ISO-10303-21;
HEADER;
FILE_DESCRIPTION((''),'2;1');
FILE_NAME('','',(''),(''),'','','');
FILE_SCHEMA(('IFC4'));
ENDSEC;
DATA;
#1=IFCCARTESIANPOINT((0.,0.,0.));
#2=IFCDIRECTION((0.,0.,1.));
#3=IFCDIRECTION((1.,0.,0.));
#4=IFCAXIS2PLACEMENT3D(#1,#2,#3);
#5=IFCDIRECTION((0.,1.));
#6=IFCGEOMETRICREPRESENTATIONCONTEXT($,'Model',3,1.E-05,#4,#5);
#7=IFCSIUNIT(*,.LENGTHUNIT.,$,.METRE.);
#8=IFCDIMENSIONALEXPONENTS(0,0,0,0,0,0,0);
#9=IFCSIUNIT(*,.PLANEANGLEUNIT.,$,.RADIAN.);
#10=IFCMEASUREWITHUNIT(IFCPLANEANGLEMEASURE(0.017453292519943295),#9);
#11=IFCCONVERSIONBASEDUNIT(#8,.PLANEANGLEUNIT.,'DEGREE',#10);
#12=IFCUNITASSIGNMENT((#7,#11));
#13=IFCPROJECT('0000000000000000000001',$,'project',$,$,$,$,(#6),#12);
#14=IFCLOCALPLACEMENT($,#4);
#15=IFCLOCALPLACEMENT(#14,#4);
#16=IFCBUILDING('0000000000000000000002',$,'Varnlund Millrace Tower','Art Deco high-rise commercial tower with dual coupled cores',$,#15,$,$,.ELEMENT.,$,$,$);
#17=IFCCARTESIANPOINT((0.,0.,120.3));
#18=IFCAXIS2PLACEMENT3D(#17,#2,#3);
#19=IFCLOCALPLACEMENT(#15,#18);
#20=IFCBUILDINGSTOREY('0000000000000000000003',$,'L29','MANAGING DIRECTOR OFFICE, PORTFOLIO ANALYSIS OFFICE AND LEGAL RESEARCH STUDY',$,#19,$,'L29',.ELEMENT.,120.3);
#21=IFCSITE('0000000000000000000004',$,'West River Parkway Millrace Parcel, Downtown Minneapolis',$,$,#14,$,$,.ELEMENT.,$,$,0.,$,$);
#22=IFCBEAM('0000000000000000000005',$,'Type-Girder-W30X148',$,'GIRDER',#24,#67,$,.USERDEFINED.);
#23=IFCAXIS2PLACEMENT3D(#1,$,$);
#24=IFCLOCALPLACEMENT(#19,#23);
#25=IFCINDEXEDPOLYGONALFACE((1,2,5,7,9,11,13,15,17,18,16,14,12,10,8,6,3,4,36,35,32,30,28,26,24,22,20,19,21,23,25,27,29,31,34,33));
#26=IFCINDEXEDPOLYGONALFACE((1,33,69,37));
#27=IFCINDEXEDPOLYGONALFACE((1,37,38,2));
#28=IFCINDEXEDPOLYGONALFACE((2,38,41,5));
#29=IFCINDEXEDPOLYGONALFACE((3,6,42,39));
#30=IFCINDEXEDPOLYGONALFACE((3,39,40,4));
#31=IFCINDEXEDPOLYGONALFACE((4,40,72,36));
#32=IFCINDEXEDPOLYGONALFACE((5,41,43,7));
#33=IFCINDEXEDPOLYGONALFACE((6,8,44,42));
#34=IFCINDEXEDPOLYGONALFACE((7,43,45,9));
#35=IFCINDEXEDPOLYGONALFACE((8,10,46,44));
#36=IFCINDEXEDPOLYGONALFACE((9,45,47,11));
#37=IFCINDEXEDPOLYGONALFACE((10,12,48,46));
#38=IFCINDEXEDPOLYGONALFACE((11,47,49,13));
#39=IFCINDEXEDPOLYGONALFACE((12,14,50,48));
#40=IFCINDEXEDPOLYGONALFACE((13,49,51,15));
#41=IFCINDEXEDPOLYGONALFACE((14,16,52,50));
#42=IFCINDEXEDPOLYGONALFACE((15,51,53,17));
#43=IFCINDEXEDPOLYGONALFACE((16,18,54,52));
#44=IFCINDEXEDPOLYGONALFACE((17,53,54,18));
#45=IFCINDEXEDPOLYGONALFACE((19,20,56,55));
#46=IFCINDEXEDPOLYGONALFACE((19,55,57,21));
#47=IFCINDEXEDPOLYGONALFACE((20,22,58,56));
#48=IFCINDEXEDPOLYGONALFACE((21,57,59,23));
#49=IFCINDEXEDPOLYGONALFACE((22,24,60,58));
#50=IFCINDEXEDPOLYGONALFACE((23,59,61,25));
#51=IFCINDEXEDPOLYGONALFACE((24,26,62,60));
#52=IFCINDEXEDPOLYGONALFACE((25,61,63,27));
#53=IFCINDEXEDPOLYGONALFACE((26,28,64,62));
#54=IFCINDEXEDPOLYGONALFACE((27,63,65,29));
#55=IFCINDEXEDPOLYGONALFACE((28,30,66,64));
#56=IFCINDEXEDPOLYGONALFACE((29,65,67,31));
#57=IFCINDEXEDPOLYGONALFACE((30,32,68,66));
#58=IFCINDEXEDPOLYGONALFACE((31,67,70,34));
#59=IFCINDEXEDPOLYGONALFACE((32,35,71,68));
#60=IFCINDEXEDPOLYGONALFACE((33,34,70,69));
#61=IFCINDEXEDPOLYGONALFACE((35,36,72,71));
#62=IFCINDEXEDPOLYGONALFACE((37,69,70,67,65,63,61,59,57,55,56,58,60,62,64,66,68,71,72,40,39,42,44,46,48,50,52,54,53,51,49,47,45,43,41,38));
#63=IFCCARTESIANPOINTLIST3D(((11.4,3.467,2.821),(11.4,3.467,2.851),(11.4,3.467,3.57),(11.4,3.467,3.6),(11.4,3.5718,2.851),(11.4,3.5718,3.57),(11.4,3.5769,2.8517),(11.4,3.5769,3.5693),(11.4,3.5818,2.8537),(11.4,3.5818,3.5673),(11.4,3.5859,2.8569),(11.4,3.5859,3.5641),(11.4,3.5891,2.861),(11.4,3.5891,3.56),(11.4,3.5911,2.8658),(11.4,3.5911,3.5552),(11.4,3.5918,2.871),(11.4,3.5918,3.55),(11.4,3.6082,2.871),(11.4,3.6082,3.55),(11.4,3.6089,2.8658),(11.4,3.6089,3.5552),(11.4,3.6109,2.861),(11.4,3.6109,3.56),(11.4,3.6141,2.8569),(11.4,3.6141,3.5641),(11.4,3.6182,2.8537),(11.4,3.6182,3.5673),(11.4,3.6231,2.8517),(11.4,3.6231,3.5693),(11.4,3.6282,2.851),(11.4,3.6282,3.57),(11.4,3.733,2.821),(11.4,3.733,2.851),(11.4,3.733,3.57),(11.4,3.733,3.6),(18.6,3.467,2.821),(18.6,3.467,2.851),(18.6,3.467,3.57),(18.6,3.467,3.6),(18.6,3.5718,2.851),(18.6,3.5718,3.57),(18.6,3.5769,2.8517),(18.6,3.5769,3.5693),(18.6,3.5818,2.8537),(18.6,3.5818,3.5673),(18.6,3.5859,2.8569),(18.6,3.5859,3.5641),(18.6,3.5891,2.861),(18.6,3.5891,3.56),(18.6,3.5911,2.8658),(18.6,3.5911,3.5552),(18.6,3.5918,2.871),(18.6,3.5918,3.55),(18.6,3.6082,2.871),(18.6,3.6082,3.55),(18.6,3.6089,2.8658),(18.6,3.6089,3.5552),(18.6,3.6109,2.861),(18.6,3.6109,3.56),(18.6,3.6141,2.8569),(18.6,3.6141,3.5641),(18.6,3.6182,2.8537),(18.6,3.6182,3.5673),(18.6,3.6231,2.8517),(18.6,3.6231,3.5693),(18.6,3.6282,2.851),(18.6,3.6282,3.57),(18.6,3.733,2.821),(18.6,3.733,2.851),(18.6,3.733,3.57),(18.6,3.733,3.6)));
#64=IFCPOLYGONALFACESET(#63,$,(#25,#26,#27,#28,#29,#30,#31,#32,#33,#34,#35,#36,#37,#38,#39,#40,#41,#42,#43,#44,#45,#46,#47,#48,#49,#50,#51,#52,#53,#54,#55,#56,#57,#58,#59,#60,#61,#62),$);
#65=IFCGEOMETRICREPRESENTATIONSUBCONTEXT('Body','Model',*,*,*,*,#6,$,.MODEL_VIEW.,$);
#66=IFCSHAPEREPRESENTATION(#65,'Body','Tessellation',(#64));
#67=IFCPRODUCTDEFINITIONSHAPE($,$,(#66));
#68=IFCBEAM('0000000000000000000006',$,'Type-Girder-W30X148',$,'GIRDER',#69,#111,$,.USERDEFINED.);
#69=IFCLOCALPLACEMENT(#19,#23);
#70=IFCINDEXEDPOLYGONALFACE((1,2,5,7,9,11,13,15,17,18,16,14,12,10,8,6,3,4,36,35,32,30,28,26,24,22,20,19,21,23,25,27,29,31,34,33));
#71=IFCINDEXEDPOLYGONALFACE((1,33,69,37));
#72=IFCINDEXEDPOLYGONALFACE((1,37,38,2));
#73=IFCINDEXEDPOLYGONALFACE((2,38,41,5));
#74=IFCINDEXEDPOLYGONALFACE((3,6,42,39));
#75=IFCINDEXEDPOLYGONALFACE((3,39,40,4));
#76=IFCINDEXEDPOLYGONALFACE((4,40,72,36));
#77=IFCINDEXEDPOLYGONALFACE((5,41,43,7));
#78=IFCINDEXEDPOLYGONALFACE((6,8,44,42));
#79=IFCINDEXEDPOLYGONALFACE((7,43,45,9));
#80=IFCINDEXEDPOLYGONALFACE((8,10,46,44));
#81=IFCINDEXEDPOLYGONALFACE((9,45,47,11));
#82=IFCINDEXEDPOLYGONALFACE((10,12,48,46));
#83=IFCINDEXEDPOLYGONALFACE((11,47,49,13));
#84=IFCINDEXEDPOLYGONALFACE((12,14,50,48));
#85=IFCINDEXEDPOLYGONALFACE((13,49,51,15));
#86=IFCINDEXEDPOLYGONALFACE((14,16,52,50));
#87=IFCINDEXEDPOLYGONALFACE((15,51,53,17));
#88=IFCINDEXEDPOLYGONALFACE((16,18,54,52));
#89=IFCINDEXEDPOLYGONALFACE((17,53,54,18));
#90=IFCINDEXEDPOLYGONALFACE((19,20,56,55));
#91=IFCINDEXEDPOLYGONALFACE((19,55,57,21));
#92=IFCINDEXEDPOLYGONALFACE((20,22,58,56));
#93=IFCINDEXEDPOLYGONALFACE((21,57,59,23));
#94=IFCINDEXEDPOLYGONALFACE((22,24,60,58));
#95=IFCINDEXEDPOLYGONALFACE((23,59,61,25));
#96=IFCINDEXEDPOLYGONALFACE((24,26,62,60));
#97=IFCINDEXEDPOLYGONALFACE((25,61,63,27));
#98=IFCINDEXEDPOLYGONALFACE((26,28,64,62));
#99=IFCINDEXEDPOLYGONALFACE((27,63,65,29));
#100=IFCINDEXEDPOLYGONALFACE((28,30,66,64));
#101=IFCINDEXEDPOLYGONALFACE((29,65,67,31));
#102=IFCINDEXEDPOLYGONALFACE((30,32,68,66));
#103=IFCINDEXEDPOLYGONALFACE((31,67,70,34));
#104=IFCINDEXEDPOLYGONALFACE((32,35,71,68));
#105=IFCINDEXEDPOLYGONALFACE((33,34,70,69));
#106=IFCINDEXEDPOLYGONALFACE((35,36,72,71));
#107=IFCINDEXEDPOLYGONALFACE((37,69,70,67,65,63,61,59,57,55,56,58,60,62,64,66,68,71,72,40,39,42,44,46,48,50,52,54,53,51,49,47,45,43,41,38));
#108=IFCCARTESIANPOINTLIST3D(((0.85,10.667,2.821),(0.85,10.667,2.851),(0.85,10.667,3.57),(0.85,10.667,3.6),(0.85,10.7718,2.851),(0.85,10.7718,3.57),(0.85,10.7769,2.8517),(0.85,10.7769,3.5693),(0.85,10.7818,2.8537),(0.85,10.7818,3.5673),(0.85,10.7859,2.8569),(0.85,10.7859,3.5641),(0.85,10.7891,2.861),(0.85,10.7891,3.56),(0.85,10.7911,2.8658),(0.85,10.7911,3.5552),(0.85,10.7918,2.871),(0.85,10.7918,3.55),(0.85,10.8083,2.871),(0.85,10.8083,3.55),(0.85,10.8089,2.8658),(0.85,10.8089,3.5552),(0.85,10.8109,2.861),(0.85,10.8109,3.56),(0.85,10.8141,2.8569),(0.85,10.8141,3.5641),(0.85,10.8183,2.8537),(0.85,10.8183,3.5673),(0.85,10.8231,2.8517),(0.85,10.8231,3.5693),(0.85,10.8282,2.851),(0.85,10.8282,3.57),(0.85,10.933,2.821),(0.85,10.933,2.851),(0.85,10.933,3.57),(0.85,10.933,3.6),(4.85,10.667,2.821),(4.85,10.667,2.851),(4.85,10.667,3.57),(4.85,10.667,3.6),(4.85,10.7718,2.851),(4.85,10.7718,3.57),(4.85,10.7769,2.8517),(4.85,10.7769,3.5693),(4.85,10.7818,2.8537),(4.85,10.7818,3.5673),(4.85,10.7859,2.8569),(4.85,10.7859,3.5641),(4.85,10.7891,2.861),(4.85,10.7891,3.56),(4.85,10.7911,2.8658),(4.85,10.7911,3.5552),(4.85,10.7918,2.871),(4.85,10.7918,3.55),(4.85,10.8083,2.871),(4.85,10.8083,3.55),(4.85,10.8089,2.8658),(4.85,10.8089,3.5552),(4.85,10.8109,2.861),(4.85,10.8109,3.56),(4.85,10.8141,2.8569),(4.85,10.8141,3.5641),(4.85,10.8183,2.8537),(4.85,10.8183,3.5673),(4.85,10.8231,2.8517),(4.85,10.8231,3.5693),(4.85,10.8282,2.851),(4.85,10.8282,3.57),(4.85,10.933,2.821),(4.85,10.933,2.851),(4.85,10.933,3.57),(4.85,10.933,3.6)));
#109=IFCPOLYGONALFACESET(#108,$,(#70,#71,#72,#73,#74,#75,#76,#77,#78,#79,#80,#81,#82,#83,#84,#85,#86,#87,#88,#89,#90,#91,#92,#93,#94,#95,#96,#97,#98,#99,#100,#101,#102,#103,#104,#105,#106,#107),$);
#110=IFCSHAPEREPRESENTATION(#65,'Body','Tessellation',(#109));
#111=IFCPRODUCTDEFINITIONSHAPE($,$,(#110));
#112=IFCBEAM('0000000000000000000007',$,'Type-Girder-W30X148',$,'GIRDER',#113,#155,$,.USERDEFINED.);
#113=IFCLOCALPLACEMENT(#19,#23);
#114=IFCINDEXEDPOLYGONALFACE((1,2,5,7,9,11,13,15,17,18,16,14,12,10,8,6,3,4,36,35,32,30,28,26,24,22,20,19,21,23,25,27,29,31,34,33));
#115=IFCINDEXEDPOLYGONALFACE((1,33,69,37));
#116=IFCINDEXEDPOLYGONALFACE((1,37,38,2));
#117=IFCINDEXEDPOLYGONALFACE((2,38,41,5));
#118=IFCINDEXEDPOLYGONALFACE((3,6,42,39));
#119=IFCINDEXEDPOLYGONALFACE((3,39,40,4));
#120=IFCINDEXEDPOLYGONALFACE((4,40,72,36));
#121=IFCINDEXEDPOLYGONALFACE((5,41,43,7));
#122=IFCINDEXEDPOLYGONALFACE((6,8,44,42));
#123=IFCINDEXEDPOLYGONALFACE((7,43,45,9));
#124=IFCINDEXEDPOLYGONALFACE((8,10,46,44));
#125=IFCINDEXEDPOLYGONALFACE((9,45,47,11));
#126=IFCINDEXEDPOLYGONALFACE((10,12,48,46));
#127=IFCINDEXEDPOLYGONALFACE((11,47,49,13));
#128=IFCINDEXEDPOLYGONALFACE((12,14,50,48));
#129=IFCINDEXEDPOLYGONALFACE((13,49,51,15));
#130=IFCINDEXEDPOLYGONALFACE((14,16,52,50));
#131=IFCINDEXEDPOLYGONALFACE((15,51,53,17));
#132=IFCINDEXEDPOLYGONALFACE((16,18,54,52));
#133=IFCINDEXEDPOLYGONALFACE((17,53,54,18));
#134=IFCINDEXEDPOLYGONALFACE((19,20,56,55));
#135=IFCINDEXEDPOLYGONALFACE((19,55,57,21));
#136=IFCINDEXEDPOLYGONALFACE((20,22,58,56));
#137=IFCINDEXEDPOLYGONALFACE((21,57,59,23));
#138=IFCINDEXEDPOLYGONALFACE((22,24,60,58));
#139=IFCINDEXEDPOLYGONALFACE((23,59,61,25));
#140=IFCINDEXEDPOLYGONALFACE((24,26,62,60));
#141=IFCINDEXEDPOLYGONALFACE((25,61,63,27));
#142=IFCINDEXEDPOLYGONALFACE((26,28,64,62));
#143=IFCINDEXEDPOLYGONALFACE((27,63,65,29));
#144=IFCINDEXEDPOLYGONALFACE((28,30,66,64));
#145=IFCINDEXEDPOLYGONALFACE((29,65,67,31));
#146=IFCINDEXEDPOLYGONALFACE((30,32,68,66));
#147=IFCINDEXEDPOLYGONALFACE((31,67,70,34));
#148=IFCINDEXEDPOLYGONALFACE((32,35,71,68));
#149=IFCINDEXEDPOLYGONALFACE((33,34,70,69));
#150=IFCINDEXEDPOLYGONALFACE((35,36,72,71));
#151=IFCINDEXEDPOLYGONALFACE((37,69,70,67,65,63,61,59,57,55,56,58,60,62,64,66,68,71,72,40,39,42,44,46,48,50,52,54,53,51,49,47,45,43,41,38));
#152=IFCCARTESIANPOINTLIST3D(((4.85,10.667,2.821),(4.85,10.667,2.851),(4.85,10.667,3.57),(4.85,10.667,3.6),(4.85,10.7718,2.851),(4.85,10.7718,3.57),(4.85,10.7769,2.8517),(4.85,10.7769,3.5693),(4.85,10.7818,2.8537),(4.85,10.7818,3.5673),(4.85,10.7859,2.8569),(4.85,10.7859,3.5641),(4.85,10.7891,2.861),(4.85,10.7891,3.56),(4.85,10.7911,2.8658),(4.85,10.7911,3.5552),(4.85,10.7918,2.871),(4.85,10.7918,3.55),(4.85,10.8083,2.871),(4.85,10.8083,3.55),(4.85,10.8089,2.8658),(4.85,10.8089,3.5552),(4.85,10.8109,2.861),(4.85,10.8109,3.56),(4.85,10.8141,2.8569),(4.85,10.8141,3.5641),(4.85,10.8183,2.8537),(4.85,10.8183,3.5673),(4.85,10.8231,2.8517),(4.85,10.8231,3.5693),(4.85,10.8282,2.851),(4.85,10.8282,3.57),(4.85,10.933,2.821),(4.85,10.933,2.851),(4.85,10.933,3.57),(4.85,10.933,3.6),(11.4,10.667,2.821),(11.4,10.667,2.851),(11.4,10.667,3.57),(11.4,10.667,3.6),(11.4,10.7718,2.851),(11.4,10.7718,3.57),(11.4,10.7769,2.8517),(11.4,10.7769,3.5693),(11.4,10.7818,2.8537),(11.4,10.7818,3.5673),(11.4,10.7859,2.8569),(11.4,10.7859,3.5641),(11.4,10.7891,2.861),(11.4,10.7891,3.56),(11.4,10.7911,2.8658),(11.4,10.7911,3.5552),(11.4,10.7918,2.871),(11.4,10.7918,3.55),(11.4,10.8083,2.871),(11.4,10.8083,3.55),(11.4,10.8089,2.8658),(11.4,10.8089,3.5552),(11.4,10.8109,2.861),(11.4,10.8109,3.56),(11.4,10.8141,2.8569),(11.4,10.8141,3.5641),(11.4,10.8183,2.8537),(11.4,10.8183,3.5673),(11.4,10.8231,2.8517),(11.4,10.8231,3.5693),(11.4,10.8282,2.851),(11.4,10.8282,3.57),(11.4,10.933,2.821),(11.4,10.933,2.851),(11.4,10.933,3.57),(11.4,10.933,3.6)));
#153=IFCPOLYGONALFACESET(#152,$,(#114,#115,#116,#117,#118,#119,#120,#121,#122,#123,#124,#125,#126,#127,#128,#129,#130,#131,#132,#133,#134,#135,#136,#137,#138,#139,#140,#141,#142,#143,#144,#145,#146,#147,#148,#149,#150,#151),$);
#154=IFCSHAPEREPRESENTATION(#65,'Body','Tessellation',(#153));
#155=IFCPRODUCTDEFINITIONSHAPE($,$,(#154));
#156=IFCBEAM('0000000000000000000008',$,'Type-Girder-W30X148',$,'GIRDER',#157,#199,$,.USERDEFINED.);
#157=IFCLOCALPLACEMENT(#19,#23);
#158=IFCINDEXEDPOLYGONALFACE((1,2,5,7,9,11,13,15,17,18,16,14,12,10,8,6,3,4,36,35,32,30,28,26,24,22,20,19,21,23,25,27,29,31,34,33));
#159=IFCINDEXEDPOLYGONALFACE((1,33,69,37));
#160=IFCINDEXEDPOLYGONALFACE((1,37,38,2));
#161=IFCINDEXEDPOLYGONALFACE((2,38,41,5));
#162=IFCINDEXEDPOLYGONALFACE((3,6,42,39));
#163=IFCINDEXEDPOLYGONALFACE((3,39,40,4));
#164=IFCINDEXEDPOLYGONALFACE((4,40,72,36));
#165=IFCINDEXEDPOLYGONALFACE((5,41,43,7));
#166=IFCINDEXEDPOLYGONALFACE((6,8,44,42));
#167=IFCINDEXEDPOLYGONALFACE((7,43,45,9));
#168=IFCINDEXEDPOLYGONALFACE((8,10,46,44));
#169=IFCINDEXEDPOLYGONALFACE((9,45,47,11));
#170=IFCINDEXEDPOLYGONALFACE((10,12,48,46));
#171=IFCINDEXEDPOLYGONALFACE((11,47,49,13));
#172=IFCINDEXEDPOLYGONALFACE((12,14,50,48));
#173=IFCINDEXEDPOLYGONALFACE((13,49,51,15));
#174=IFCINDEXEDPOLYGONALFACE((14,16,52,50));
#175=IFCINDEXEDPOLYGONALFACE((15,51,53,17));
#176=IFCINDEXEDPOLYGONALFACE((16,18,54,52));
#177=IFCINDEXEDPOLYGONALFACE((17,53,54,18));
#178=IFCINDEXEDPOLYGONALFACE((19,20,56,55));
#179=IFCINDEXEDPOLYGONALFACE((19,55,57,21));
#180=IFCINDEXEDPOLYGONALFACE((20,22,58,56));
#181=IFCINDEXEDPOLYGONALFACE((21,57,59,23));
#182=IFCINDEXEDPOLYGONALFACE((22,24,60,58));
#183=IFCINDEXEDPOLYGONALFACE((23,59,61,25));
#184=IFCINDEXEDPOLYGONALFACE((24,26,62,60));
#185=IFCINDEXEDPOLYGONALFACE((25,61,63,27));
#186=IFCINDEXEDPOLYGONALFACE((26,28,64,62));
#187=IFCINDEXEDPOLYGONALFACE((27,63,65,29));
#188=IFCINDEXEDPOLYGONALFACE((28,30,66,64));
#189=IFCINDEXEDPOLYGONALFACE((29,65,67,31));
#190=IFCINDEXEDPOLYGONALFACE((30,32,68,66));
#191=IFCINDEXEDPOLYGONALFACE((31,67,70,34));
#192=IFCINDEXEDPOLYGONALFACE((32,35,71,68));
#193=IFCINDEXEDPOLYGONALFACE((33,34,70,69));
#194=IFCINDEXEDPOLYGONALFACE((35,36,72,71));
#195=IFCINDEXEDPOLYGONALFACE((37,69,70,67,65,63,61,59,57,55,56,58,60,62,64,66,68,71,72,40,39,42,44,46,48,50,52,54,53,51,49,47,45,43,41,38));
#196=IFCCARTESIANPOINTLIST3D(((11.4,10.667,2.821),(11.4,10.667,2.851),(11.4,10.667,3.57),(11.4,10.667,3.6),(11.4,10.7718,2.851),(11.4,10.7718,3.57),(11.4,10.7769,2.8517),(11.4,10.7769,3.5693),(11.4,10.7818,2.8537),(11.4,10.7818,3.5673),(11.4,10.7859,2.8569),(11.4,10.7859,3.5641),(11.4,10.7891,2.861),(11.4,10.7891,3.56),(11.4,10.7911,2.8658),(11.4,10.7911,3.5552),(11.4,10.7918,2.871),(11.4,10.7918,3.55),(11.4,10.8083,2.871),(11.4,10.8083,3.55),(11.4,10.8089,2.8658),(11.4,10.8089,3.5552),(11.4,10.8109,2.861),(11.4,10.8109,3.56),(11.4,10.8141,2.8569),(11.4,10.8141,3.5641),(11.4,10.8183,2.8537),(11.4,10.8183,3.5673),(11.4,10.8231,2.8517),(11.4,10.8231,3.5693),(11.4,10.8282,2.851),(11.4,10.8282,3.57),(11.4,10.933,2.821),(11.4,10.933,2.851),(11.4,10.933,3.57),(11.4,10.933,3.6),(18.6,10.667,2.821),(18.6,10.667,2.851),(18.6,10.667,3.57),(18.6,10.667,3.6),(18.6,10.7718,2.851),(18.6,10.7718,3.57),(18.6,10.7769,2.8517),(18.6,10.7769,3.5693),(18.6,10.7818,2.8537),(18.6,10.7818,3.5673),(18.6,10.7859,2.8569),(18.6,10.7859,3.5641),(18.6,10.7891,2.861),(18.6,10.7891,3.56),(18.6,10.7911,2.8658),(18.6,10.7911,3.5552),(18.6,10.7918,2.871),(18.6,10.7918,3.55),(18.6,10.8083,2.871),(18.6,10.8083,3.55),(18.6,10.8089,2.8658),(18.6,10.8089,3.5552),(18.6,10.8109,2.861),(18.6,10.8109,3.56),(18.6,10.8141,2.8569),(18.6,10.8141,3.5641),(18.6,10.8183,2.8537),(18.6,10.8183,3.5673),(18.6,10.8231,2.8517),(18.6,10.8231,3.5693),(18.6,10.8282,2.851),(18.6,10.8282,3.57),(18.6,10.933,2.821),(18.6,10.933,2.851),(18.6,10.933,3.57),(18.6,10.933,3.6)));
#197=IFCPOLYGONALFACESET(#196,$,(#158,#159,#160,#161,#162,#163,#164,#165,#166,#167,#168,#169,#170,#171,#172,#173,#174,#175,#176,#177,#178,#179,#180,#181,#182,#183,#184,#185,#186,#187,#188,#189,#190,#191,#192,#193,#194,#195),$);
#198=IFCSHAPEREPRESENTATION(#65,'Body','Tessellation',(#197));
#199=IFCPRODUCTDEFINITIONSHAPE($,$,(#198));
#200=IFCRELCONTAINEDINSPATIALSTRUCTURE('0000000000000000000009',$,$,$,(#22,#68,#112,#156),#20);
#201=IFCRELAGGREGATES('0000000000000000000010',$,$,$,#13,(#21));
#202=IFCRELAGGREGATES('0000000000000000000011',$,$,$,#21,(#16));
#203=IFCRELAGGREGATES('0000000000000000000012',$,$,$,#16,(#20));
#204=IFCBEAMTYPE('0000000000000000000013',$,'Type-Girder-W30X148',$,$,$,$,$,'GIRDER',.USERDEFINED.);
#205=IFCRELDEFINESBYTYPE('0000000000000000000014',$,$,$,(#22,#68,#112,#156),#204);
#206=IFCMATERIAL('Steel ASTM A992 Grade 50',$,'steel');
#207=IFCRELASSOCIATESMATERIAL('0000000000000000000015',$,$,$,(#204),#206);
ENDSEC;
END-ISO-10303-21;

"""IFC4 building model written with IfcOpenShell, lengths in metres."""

from ifc_helpers import new_model, entity, si_unit, converted_unit, direction, frame, origin_with_axes, origin_2d_with_axis, place, context, subcontext, project, spatial, i_section, extrude, material, material_profile, profile_set, type_object, element, save


model = new_model("IFC4")

# Units and contexts
model_context = context("Model", 3, precision=1e-05, world=origin_with_axes(), true_north=direction((0.0, 1.0)))
body_context = subcontext(model_context, "Body", "Model", "MODEL_VIEW")
ifc_project = project(units=[si_unit("LENGTHUNIT", "METRE"), converted_unit("PLANEANGLEUNIT", "DEGREE", entity("IfcPlaneAngleMeasure", 0.017453292519943295), si_unit("PLANEANGLEUNIT", "RADIAN"), dimensions=[0, 0, 0, 0, 0, 0, 0])], contexts=[model_context])

# Site, building, storey
site_placement = place(None, origin_with_axes())
site = spatial("IfcSite", under=ifc_project, at=site_placement, Name="West River Parkway Millrace Parcel, Downtown Minneapolis", CompositionType="ELEMENT", RefElevation=0.0)
building_placement = place(site_placement, origin_with_axes())
building = spatial("IfcBuilding", under=site, at=building_placement, Name="Varnlund Millrace Tower", Description="Art Deco high-rise commercial tower with dual coupled cores", CompositionType="ELEMENT")
storey_placement = place(building_placement, frame((0.0, 0.0, 120.3), z_axis=(0.0, 0.0, 1.0), x_axis=(1.0, 0.0, 0.0)))
storey = spatial("IfcBuildingStorey", under=building, at=storey_placement, Name="L29", Description="MANAGING DIRECTOR OFFICE, PORTFOLIO ANALYSIS OFFICE AND LEGAL RESEARCH STUDY", LongName="L29", CompositionType="ELEMENT", Elevation=120.3)

# Beams
ifc_material_1 = material(Name="Steel ASTM A992 Grade 50", Category="steel")
ifc_material_profile_1 = material_profile(ifc_material_1, i_section(OverallWidth=0.266, OverallDepth=0.779, WebThickness=0.0165, FlangeThickness=0.03, FilletRadius=0.02, at=origin_2d_with_axis()), Name="Steel ASTM A992 Grade 50")
ifc_profile_set_1 = profile_set([ifc_material_profile_1], Name="Steel ASTM A992 Grade 50")
beam_type_1 = type_object("IfcBeamType", Name="Type-Girder-W30X148", ElementType="GIRDER", PredefinedType="USERDEFINED", material=ifc_profile_set_1)
beam_1_placement = place(storey_placement, frame((11.4, 3.6, 3.2105), z_axis=(1.0, 0.0, 0.0), x_axis=(0.0, 1.0, 0.0)))
element("IfcBeam", 1, at=beam_1_placement, inside=storey, type_object=beam_type_1, Name="Type-Girder-W30X148", ObjectType="GIRDER", PredefinedType="USERDEFINED", context=body_context, shape_type="SweptSolid", body=[
    extrude(i_section(OverallWidth=0.266, OverallDepth=0.779, WebThickness=0.0165, FlangeThickness=0.03, FilletRadius=0.02, at=origin_2d_with_axis()), origin_with_axes(), (0.0, 0.0, 1.0), 7.2),
])
beam_2_placement = place(storey_placement, frame((0.85, 10.8, 3.2105), z_axis=(1.0, 0.0, 0.0), x_axis=(0.0, 1.0, 0.0)))
element("IfcBeam", 2, at=beam_2_placement, inside=storey, type_object=beam_type_1, Name="Type-Girder-W30X148", ObjectType="GIRDER", PredefinedType="USERDEFINED", context=body_context, shape_type="SweptSolid", body=[
    extrude(i_section(OverallWidth=0.266, OverallDepth=0.779, WebThickness=0.0165, FlangeThickness=0.03, FilletRadius=0.02, at=origin_2d_with_axis()), origin_with_axes(), (0.0, 0.0, 1.0), 4.0),
])
beam_3_placement = place(storey_placement, frame((4.85, 10.8, 3.2105), z_axis=(1.0, 0.0, 0.0), x_axis=(0.0, 1.0, 0.0)))
element("IfcBeam", 3, at=beam_3_placement, inside=storey, type_object=beam_type_1, Name="Type-Girder-W30X148", ObjectType="GIRDER", PredefinedType="USERDEFINED", context=body_context, shape_type="SweptSolid", body=[
    extrude(i_section(OverallWidth=0.266, OverallDepth=0.779, WebThickness=0.0165, FlangeThickness=0.03, FilletRadius=0.02, at=origin_2d_with_axis()), origin_with_axes(), (0.0, 0.0, 1.0), 6.55),
])
beam_4_placement = place(storey_placement, frame((11.4, 10.8, 3.2105), z_axis=(1.0, 0.0, 0.0), x_axis=(0.0, 1.0, 0.0)))
element("IfcBeam", 4, at=beam_4_placement, inside=storey, type_object=beam_type_1, Name="Type-Girder-W30X148", ObjectType="GIRDER", PredefinedType="USERDEFINED", context=body_context, shape_type="SweptSolid", body=[
    extrude(i_section(OverallWidth=0.266, OverallDepth=0.779, WebThickness=0.0165, FlangeThickness=0.03, FilletRadius=0.02, at=origin_2d_with_axis()), origin_with_axes(), (0.0, 0.0, 1.0), 7.2),
])

save(model, "model.ifc")
